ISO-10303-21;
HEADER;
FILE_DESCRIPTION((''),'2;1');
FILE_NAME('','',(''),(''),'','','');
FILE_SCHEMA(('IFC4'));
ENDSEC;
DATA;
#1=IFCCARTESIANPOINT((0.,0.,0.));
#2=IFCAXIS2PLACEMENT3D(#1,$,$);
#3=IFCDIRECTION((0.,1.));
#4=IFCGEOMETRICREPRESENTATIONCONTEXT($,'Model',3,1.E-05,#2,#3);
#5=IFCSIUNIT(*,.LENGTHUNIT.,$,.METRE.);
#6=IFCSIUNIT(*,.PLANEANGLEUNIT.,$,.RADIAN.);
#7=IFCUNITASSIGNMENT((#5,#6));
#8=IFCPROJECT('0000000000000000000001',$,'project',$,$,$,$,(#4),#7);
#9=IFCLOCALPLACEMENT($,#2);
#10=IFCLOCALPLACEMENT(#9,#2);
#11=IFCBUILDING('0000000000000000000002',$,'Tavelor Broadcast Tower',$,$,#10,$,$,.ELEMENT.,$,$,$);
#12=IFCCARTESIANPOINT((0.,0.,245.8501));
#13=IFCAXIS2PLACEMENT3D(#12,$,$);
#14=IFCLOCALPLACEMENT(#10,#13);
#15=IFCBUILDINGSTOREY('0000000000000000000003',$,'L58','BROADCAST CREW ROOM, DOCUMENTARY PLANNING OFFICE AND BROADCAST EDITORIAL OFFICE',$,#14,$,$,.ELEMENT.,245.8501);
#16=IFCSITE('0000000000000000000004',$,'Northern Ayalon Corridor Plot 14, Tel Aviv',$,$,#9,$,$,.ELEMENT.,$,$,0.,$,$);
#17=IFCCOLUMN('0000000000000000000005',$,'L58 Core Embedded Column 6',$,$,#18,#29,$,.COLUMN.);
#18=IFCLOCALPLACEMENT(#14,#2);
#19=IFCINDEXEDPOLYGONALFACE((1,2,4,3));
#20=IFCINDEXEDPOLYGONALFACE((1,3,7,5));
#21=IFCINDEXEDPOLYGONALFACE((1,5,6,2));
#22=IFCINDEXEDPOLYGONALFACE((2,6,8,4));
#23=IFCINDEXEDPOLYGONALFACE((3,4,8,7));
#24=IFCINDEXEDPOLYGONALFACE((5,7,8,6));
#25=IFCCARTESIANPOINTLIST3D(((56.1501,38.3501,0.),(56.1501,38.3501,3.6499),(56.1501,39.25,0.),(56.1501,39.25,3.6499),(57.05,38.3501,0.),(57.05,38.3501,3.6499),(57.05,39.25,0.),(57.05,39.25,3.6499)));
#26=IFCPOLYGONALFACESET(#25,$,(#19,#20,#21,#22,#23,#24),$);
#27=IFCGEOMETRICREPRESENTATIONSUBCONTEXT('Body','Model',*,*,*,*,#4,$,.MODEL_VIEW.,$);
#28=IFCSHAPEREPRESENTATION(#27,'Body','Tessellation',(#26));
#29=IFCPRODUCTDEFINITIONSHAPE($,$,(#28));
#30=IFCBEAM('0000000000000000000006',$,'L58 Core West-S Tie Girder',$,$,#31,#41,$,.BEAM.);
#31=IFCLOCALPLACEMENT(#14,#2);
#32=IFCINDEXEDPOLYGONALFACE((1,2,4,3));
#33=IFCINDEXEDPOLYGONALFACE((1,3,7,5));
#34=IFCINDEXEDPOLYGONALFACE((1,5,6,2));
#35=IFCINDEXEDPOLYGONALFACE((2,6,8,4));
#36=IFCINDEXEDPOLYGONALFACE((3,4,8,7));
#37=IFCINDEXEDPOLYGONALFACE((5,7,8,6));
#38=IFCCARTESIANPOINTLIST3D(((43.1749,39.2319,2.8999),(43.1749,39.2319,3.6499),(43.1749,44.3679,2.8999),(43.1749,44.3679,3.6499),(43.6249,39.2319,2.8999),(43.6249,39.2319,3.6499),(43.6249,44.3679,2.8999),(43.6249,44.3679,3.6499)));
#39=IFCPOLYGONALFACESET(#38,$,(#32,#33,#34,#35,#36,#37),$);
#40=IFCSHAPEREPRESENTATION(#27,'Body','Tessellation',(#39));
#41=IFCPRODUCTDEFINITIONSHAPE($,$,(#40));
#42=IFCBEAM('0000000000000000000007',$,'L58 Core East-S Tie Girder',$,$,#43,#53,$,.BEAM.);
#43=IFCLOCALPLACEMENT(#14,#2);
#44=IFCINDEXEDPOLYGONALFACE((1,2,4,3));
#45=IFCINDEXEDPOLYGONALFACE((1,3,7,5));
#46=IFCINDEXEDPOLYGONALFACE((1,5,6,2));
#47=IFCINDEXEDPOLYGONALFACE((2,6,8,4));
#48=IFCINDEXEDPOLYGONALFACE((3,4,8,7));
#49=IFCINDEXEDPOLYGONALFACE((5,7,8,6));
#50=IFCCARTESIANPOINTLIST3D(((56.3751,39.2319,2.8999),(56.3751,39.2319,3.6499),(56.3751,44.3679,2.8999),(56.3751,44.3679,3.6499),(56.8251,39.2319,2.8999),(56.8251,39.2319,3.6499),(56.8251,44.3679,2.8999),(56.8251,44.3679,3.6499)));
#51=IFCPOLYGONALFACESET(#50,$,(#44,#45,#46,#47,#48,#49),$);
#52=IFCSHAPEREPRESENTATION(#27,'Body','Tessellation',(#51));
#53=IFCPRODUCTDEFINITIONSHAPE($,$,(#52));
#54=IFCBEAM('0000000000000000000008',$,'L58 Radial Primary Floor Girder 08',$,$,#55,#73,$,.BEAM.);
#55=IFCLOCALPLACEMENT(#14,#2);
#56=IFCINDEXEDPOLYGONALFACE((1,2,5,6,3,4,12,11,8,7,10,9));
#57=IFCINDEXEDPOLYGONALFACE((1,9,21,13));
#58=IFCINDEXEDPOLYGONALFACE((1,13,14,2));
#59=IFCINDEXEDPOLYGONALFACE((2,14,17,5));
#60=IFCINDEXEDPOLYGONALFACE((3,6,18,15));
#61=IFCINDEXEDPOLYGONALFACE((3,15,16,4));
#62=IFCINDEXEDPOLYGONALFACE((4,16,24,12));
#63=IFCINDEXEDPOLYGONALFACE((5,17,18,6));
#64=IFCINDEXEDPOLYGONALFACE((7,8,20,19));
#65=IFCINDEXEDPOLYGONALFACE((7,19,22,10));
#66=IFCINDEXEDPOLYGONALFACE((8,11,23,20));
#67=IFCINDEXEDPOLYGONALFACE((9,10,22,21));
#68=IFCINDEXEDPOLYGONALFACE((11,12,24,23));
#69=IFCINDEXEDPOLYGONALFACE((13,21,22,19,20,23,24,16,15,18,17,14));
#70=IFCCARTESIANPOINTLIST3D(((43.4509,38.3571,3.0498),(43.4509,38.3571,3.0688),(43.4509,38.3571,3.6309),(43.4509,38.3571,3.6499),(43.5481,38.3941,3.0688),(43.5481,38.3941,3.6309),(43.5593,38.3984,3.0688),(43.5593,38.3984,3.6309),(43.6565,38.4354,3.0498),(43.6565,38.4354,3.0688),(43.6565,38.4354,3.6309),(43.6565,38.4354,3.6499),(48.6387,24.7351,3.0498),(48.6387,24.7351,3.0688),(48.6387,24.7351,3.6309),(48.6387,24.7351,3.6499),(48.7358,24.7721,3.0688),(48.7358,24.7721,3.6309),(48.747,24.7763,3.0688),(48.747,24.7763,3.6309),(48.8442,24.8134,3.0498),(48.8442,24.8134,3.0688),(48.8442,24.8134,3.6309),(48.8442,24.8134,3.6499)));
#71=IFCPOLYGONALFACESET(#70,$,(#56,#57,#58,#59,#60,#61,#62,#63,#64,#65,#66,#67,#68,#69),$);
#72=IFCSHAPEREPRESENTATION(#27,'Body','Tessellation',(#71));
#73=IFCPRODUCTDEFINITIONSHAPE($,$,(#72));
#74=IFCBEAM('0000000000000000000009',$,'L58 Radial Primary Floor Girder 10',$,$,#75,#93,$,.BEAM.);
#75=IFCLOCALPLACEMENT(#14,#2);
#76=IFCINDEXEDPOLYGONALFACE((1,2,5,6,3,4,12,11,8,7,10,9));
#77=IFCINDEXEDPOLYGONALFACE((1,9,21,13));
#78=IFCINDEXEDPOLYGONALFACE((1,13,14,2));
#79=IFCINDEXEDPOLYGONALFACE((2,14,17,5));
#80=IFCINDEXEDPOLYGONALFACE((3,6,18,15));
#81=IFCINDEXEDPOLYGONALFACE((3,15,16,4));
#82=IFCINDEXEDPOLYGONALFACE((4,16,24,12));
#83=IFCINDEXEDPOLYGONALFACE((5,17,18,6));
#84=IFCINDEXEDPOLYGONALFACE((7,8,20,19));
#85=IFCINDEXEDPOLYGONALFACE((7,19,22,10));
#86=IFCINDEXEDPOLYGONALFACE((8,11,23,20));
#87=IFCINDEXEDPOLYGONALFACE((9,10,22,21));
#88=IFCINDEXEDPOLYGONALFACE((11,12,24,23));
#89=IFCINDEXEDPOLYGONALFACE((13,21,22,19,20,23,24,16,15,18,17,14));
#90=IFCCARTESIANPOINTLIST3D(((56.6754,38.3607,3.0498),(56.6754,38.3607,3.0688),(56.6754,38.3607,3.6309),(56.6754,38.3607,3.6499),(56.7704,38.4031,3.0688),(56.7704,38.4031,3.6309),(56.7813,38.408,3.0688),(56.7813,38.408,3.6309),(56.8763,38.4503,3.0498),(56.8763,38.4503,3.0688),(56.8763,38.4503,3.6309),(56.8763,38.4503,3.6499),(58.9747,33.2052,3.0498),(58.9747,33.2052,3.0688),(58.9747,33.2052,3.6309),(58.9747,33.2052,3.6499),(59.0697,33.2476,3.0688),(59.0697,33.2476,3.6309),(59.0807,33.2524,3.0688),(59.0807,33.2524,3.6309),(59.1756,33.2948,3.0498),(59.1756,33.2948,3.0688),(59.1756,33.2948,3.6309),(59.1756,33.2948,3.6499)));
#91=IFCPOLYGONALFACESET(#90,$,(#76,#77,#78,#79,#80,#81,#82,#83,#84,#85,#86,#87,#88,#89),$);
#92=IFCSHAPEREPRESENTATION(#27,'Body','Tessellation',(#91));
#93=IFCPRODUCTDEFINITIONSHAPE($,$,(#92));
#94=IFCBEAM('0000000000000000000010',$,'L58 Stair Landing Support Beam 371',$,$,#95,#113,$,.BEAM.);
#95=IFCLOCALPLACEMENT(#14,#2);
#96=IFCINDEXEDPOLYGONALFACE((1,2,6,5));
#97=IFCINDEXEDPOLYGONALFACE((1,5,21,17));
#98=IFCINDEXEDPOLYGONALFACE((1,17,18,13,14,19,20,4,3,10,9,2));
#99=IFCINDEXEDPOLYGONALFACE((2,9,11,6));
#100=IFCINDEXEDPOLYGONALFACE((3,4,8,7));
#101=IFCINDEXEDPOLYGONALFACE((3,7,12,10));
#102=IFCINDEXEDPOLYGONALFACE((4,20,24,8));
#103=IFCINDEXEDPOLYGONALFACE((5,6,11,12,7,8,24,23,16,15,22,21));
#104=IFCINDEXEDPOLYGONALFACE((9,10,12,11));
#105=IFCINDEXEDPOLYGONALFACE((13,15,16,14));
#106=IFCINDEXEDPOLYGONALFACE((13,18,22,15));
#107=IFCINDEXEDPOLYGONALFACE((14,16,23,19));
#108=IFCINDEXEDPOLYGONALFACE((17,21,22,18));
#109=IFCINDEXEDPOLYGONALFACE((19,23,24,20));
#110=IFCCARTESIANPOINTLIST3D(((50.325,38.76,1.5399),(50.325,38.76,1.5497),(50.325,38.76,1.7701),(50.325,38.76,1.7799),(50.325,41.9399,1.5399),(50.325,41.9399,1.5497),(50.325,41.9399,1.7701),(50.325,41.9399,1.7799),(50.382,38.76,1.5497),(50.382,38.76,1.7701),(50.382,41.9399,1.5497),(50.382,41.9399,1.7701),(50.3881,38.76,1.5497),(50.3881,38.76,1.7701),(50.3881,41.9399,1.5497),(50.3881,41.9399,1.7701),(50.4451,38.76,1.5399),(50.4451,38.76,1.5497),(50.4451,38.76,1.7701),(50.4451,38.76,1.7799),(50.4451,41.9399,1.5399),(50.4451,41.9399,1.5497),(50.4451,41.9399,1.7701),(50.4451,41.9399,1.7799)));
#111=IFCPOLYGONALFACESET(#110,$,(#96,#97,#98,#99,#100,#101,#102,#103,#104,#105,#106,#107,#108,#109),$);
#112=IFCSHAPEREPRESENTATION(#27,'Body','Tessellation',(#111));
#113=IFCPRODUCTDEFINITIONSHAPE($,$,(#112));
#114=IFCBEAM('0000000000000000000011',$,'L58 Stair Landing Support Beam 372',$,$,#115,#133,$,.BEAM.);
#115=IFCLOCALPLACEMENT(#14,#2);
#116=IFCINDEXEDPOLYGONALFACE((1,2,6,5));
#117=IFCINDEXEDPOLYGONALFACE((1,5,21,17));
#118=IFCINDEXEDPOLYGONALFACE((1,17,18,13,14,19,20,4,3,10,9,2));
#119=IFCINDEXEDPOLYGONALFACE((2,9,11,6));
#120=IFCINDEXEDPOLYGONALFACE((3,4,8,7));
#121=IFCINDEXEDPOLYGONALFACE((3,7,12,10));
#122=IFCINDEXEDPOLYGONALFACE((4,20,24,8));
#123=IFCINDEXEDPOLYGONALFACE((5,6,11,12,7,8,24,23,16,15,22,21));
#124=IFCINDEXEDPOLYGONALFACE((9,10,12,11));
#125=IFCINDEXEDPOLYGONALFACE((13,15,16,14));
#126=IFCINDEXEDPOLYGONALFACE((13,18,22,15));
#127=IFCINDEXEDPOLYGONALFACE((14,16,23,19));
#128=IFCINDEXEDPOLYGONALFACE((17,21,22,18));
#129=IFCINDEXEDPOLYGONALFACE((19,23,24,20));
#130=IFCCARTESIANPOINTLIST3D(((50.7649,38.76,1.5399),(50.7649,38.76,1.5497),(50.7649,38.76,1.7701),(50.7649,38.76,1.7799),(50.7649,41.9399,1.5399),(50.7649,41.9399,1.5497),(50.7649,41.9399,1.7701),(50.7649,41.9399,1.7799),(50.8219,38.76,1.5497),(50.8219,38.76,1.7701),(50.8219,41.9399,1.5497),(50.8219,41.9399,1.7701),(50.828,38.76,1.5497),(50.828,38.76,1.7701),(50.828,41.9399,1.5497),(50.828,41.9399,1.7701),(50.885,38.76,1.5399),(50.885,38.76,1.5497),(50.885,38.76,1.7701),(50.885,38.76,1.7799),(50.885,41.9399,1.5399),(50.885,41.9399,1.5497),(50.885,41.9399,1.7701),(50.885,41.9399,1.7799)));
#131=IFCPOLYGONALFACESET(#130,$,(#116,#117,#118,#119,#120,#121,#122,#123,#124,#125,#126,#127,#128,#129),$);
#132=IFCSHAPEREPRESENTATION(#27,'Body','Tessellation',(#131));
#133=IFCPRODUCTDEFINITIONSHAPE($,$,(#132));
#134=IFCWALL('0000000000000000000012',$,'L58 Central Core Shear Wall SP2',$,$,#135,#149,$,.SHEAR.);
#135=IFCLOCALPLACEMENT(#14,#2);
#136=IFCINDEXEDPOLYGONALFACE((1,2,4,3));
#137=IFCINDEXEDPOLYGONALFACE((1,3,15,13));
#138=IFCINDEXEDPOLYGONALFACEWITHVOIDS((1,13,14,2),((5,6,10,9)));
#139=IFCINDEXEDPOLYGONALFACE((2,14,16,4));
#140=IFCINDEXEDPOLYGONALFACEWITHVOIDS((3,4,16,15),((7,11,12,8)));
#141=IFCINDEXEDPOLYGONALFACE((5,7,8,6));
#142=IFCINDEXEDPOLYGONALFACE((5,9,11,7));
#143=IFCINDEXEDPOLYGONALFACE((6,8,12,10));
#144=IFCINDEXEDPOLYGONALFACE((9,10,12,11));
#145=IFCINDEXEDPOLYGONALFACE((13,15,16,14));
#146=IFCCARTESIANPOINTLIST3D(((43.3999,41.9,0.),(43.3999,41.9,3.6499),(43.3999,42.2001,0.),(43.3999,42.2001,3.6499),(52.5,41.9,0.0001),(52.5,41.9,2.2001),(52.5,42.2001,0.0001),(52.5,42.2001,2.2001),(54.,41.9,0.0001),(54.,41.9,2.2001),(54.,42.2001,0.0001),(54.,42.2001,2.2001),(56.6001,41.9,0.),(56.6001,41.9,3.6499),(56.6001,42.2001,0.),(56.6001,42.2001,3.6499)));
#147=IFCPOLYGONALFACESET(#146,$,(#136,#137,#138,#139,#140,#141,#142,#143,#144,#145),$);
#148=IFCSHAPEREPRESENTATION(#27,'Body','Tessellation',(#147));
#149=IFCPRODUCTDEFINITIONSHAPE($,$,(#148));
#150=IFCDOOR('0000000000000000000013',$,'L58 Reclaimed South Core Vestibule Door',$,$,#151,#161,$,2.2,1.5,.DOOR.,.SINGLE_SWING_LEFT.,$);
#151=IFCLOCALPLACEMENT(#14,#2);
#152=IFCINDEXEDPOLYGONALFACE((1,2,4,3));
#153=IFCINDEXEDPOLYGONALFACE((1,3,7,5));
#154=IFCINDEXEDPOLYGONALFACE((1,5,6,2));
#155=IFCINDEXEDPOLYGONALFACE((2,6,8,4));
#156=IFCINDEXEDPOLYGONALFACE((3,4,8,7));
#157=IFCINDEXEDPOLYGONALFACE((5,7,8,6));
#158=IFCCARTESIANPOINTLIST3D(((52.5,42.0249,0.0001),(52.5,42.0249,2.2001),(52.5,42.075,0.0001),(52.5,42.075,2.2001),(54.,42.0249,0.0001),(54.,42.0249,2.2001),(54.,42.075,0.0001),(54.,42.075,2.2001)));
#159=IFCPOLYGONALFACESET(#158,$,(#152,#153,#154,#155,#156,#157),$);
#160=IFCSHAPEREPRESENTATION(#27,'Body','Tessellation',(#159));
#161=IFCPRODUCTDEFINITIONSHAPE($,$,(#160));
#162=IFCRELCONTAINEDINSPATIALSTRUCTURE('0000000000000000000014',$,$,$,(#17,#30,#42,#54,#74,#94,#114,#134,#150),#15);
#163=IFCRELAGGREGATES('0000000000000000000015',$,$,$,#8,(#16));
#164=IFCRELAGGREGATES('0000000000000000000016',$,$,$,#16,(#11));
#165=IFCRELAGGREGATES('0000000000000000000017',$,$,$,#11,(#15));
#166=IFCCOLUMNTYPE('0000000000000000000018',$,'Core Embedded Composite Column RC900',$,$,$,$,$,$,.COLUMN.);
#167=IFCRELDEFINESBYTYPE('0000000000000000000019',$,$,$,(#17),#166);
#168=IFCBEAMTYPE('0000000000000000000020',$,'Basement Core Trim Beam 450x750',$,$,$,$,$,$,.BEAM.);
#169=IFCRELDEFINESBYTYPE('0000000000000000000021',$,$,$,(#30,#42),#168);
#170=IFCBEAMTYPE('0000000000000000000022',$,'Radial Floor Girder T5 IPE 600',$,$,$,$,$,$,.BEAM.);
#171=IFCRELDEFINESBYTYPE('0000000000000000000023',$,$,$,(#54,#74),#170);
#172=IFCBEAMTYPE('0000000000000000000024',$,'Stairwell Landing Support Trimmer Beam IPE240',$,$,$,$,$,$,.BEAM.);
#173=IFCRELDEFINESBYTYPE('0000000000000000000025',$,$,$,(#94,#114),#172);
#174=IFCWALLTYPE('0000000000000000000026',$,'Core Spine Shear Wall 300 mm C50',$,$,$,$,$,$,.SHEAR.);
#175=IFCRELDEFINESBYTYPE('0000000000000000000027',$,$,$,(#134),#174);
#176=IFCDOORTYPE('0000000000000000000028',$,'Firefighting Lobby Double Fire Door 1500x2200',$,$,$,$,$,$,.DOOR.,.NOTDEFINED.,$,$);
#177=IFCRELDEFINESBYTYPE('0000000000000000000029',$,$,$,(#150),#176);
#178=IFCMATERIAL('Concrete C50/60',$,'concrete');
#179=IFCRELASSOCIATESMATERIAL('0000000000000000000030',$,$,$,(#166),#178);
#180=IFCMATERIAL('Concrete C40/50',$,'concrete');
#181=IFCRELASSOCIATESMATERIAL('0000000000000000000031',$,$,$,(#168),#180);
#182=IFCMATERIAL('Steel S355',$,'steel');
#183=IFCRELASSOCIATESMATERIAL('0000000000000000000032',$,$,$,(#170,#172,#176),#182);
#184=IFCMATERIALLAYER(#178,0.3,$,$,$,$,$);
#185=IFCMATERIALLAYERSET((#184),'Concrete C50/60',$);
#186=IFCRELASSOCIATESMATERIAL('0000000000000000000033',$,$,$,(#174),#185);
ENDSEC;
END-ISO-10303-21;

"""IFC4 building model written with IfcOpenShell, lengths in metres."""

from ifc_helpers import new_model, si_unit, direction, frame, frame_2d, origin, origin_2d, place, context, subcontext, project, spatial, rectangle, i_section, extrude, material, layer, layer_set, material_profile, profile_set, type_object, element, fill, save


model = new_model("IFC4")

# Units and contexts
model_context = context("Model", 3, precision=1e-05, world=origin(), true_north=direction((0.0, 1.0)))
body_context = subcontext(model_context, "Body", "Model", "MODEL_VIEW")
ifc_project = project(units=[si_unit("LENGTHUNIT", "METRE"), si_unit("PLANEANGLEUNIT", "RADIAN")], contexts=[model_context])

# Site, building, storey
site_placement = place(None, origin())
site = spatial("IfcSite", under=ifc_project, at=site_placement, Name="Northern Ayalon Corridor Plot 14, Tel Aviv", CompositionType="ELEMENT", RefElevation=0.0)
building_placement = place(site_placement, origin())
building = spatial("IfcBuilding", under=site, at=building_placement, Name="Tavelor Broadcast Tower", CompositionType="ELEMENT")
storey_placement = place(building_placement, frame((0.0, 0.0, 245.8501)))
storey = spatial("IfcBuildingStorey", under=building, at=storey_placement, Name="L58", Description="BROADCAST CREW ROOM, DOCUMENTARY PLANNING OFFICE AND BROADCAST EDITORIAL OFFICE", CompositionType="ELEMENT", Elevation=245.8501)

# Column
ifc_material_1 = material(Name="Concrete C50/60", Category="concrete")
ifc_material_profile_1 = material_profile(ifc_material_1, rectangle(XDim=0.8999, YDim=0.8999, at=origin_2d()), Name="RC 900x900")
ifc_profile_set_1 = profile_set([ifc_material_profile_1], Name="Concrete C50/60")
column_type = type_object("IfcColumnType", Name="Core Embedded Composite Column RC900", PredefinedType="COLUMN", material=ifc_profile_set_1)
column_placement = place(storey_placement, frame((56.6001, 38.8, 0.0), z_axis=(0.0, 0.0, 1.0), x_axis=(1.0, 0.0, 0.0)))
element("IfcColumn", 1, at=column_placement, inside=storey, type_object=column_type, Name="L58 Core Embedded Column 6", PredefinedType="COLUMN", context=body_context, shape_type="SweptSolid", body=[
    extrude(rectangle(XDim=0.8999, YDim=0.8999, at=origin_2d()), origin(), (0.0, 0.0, 1.0), 3.6499),
])

# Beams
ifc_material_2 = material(Name="Concrete C40/50", Category="concrete")
ifc_material_profile_2 = material_profile(ifc_material_2, rectangle(XDim=0.45, YDim=0.75, at=origin_2d()), Name="RC 450x750")
ifc_profile_set_2 = profile_set([ifc_material_profile_2], Name="Concrete C40/50")
beam_type_1 = type_object("IfcBeamType", Name="Basement Core Trim Beam 450x750", PredefinedType="BEAM", material=ifc_profile_set_2)
for number, where, z_axis, x_axis, name in (
    (2, (43.3999, 39.2319, 3.2749), (0.0, 1.0, 0.0), (-1.0, 0.0, 0.0), "L58 Core West-S Tie Girder"),
    (3, (56.6001, 39.2319, 3.2749), (0.0, 1.0, 0.0), (-1.0, 0.0, 0.0), "L58 Core East-S Tie Girder"),
):
    element("IfcBeam", number, at=place(storey_placement, frame(where, z_axis=z_axis, x_axis=x_axis)), inside=storey, type_object=beam_type_1, Name=name, PredefinedType="BEAM", context=body_context, shape_type="SweptSolid", body=[
        extrude(rectangle(XDim=0.45, YDim=0.75, at=origin_2d()), origin(), (0.0, 0.0, 1.0), 5.136),
    ])
ifc_material_3 = material(Name="Steel S355", Category="steel")
ifc_material_profile_3 = material_profile(ifc_material_3, i_section(OverallWidth=0.22, OverallDepth=0.6001, WebThickness=0.012, FlangeThickness=0.019, at=origin_2d()), Name="IPE 600")
ifc_profile_set_3 = profile_set([ifc_material_profile_3], Name="Steel S355")
beam_type_2 = type_object("IfcBeamType", Name="Radial Floor Girder T5 IPE 600", PredefinedType="BEAM", material=ifc_profile_set_3)
beam_1_placement = place(storey_placement, frame((43.5537, 38.3962, 3.3499), z_axis=(0.355899, -0.934525, 0.0), x_axis=(0.934525, 0.355899, 0.0)))
element("IfcBeam", 4, at=beam_1_placement, inside=storey, type_object=beam_type_2, Name="L58 Radial Primary Floor Girder 08", PredefinedType="BEAM", context=body_context, shape_type="SweptSolid", body=[
    extrude(i_section(OverallWidth=0.22, OverallDepth=0.6001, WebThickness=0.012, FlangeThickness=0.019, at=origin_2d()), origin(), (0.0, 0.0, 1.0), 14.5764),
])
beam_2_placement = place(storey_placement, frame((56.7759, 38.4055, 3.3499), z_axis=(0.407318, -0.913286, 0.0), x_axis=(0.913286, 0.407318, 0.0)))
element("IfcBeam", 5, at=beam_2_placement, inside=storey, type_object=beam_type_2, Name="L58 Radial Primary Floor Girder 10", PredefinedType="BEAM", context=body_context, shape_type="SweptSolid", body=[
    extrude(i_section(OverallWidth=0.22, OverallDepth=0.6001, WebThickness=0.012, FlangeThickness=0.019, at=origin_2d()), origin(), (0.0, 0.0, 1.0), 5.645),
])
ifc_material_profile_4 = material_profile(ifc_material_3, i_section(OverallWidth=0.1201, OverallDepth=0.24, WebThickness=0.0061, FlangeThickness=0.0098, at=origin_2d()), Name="IPE 240")
ifc_profile_set_4 = profile_set([ifc_material_profile_4], Name="Steel S355")
beam_type_3 = type_object("IfcBeamType", Name="Stairwell Landing Support Trimmer Beam IPE240", PredefinedType="BEAM", material=ifc_profile_set_4)
for number, where, z_axis, x_axis, name in (
    (6, (50.385, 38.76, 1.6599), (0.0, 1.0, 0.0), (-1.0, 0.0, 0.0), "L58 Stair Landing Support Beam 371"),
    (7, (50.825, 38.76, 1.6599), (0.0, 1.0, 0.0), (-1.0, 0.0, 0.0), "L58 Stair Landing Support Beam 372"),
):
    element("IfcBeam", number, at=place(storey_placement, frame(where, z_axis=z_axis, x_axis=x_axis)), inside=storey, type_object=beam_type_3, Name=name, PredefinedType="BEAM", context=body_context, shape_type="SweptSolid", body=[
        extrude(i_section(OverallWidth=0.1201, OverallDepth=0.24, WebThickness=0.0061, FlangeThickness=0.0098, at=origin_2d()), origin(), (0.0, 0.0, 1.0), 3.1799),
    ])

# Wall, opening, door
ifc_layer_1 = layer(ifc_material_1, 0.3)
ifc_layer_set_1 = layer_set([ifc_layer_1], Name="Concrete C50/60")
wall_type_1 = type_object("IfcWallType", Name="Core Spine Shear Wall 300 mm C50", PredefinedType="SHEAR", material=ifc_layer_set_1)
wall_1_placement = place(storey_placement, frame((43.3999, 42.05, 0.0), z_axis=(0.0, 0.0, 1.0), x_axis=(1.0, 0.0, 0.0)))
wall_1 = element("IfcWall", 8, at=wall_1_placement, inside=storey, type_object=wall_type_1, Name="L58 Central Core Shear Wall SP2", PredefinedType="SHEAR", context=body_context, shape_type="SweptSolid", body=[
    extrude(rectangle(XDim=13.2002, YDim=0.3, at=frame_2d((6.6001, 0.0))), origin(), (0.0, 0.0, 1.0), 3.6499),
])
opening_1_placement = place(wall_1_placement, frame((9.1001, 0.0, 0.0)))
opening_1 = element("IfcOpeningElement", 9, at=opening_1_placement, cuts=wall_1, PredefinedType="OPENING", context=body_context, shape_type="SweptSolid", body=[
    extrude(rectangle(XDim=1.5, YDim=2.2, at=frame_2d((0.75, 1.1001))), frame((0.0, 0.1602, 0.0), z_axis=(0.0, -1.0, 0.0), x_axis=(1.0, 0.0, 0.0)), (0.0, 0.0, 1.0), 0.3201),
])
door_type_1 = type_object("IfcDoorType", Name="Firefighting Lobby Double Fire Door 1500x2200", OperationType="NOTDEFINED", PredefinedType="DOOR", material=ifc_material_3)
door_1_placement = place(opening_1_placement, origin())
door_1 = element("IfcDoor", 10, at=door_1_placement, inside=storey, type_object=door_type_1, Name="L58 Reclaimed South Core Vestibule Door", OperationType="SINGLE_SWING_LEFT", OverallHeight=2.2, OverallWidth=1.5, PredefinedType="DOOR", context=body_context, shape_type="SweptSolid", body=[
    extrude(rectangle(XDim=1.5, YDim=2.2, at=frame_2d((0.75, 1.1001))), frame((0.0, 0.0249, 0.0), z_axis=(0.0, -1.0, 0.0), x_axis=(1.0, 0.0, 0.0)), (0.0, 0.0, 1.0), 0.05),
])
fill(opening_1, door_1)

save(model, "model.ifc")
